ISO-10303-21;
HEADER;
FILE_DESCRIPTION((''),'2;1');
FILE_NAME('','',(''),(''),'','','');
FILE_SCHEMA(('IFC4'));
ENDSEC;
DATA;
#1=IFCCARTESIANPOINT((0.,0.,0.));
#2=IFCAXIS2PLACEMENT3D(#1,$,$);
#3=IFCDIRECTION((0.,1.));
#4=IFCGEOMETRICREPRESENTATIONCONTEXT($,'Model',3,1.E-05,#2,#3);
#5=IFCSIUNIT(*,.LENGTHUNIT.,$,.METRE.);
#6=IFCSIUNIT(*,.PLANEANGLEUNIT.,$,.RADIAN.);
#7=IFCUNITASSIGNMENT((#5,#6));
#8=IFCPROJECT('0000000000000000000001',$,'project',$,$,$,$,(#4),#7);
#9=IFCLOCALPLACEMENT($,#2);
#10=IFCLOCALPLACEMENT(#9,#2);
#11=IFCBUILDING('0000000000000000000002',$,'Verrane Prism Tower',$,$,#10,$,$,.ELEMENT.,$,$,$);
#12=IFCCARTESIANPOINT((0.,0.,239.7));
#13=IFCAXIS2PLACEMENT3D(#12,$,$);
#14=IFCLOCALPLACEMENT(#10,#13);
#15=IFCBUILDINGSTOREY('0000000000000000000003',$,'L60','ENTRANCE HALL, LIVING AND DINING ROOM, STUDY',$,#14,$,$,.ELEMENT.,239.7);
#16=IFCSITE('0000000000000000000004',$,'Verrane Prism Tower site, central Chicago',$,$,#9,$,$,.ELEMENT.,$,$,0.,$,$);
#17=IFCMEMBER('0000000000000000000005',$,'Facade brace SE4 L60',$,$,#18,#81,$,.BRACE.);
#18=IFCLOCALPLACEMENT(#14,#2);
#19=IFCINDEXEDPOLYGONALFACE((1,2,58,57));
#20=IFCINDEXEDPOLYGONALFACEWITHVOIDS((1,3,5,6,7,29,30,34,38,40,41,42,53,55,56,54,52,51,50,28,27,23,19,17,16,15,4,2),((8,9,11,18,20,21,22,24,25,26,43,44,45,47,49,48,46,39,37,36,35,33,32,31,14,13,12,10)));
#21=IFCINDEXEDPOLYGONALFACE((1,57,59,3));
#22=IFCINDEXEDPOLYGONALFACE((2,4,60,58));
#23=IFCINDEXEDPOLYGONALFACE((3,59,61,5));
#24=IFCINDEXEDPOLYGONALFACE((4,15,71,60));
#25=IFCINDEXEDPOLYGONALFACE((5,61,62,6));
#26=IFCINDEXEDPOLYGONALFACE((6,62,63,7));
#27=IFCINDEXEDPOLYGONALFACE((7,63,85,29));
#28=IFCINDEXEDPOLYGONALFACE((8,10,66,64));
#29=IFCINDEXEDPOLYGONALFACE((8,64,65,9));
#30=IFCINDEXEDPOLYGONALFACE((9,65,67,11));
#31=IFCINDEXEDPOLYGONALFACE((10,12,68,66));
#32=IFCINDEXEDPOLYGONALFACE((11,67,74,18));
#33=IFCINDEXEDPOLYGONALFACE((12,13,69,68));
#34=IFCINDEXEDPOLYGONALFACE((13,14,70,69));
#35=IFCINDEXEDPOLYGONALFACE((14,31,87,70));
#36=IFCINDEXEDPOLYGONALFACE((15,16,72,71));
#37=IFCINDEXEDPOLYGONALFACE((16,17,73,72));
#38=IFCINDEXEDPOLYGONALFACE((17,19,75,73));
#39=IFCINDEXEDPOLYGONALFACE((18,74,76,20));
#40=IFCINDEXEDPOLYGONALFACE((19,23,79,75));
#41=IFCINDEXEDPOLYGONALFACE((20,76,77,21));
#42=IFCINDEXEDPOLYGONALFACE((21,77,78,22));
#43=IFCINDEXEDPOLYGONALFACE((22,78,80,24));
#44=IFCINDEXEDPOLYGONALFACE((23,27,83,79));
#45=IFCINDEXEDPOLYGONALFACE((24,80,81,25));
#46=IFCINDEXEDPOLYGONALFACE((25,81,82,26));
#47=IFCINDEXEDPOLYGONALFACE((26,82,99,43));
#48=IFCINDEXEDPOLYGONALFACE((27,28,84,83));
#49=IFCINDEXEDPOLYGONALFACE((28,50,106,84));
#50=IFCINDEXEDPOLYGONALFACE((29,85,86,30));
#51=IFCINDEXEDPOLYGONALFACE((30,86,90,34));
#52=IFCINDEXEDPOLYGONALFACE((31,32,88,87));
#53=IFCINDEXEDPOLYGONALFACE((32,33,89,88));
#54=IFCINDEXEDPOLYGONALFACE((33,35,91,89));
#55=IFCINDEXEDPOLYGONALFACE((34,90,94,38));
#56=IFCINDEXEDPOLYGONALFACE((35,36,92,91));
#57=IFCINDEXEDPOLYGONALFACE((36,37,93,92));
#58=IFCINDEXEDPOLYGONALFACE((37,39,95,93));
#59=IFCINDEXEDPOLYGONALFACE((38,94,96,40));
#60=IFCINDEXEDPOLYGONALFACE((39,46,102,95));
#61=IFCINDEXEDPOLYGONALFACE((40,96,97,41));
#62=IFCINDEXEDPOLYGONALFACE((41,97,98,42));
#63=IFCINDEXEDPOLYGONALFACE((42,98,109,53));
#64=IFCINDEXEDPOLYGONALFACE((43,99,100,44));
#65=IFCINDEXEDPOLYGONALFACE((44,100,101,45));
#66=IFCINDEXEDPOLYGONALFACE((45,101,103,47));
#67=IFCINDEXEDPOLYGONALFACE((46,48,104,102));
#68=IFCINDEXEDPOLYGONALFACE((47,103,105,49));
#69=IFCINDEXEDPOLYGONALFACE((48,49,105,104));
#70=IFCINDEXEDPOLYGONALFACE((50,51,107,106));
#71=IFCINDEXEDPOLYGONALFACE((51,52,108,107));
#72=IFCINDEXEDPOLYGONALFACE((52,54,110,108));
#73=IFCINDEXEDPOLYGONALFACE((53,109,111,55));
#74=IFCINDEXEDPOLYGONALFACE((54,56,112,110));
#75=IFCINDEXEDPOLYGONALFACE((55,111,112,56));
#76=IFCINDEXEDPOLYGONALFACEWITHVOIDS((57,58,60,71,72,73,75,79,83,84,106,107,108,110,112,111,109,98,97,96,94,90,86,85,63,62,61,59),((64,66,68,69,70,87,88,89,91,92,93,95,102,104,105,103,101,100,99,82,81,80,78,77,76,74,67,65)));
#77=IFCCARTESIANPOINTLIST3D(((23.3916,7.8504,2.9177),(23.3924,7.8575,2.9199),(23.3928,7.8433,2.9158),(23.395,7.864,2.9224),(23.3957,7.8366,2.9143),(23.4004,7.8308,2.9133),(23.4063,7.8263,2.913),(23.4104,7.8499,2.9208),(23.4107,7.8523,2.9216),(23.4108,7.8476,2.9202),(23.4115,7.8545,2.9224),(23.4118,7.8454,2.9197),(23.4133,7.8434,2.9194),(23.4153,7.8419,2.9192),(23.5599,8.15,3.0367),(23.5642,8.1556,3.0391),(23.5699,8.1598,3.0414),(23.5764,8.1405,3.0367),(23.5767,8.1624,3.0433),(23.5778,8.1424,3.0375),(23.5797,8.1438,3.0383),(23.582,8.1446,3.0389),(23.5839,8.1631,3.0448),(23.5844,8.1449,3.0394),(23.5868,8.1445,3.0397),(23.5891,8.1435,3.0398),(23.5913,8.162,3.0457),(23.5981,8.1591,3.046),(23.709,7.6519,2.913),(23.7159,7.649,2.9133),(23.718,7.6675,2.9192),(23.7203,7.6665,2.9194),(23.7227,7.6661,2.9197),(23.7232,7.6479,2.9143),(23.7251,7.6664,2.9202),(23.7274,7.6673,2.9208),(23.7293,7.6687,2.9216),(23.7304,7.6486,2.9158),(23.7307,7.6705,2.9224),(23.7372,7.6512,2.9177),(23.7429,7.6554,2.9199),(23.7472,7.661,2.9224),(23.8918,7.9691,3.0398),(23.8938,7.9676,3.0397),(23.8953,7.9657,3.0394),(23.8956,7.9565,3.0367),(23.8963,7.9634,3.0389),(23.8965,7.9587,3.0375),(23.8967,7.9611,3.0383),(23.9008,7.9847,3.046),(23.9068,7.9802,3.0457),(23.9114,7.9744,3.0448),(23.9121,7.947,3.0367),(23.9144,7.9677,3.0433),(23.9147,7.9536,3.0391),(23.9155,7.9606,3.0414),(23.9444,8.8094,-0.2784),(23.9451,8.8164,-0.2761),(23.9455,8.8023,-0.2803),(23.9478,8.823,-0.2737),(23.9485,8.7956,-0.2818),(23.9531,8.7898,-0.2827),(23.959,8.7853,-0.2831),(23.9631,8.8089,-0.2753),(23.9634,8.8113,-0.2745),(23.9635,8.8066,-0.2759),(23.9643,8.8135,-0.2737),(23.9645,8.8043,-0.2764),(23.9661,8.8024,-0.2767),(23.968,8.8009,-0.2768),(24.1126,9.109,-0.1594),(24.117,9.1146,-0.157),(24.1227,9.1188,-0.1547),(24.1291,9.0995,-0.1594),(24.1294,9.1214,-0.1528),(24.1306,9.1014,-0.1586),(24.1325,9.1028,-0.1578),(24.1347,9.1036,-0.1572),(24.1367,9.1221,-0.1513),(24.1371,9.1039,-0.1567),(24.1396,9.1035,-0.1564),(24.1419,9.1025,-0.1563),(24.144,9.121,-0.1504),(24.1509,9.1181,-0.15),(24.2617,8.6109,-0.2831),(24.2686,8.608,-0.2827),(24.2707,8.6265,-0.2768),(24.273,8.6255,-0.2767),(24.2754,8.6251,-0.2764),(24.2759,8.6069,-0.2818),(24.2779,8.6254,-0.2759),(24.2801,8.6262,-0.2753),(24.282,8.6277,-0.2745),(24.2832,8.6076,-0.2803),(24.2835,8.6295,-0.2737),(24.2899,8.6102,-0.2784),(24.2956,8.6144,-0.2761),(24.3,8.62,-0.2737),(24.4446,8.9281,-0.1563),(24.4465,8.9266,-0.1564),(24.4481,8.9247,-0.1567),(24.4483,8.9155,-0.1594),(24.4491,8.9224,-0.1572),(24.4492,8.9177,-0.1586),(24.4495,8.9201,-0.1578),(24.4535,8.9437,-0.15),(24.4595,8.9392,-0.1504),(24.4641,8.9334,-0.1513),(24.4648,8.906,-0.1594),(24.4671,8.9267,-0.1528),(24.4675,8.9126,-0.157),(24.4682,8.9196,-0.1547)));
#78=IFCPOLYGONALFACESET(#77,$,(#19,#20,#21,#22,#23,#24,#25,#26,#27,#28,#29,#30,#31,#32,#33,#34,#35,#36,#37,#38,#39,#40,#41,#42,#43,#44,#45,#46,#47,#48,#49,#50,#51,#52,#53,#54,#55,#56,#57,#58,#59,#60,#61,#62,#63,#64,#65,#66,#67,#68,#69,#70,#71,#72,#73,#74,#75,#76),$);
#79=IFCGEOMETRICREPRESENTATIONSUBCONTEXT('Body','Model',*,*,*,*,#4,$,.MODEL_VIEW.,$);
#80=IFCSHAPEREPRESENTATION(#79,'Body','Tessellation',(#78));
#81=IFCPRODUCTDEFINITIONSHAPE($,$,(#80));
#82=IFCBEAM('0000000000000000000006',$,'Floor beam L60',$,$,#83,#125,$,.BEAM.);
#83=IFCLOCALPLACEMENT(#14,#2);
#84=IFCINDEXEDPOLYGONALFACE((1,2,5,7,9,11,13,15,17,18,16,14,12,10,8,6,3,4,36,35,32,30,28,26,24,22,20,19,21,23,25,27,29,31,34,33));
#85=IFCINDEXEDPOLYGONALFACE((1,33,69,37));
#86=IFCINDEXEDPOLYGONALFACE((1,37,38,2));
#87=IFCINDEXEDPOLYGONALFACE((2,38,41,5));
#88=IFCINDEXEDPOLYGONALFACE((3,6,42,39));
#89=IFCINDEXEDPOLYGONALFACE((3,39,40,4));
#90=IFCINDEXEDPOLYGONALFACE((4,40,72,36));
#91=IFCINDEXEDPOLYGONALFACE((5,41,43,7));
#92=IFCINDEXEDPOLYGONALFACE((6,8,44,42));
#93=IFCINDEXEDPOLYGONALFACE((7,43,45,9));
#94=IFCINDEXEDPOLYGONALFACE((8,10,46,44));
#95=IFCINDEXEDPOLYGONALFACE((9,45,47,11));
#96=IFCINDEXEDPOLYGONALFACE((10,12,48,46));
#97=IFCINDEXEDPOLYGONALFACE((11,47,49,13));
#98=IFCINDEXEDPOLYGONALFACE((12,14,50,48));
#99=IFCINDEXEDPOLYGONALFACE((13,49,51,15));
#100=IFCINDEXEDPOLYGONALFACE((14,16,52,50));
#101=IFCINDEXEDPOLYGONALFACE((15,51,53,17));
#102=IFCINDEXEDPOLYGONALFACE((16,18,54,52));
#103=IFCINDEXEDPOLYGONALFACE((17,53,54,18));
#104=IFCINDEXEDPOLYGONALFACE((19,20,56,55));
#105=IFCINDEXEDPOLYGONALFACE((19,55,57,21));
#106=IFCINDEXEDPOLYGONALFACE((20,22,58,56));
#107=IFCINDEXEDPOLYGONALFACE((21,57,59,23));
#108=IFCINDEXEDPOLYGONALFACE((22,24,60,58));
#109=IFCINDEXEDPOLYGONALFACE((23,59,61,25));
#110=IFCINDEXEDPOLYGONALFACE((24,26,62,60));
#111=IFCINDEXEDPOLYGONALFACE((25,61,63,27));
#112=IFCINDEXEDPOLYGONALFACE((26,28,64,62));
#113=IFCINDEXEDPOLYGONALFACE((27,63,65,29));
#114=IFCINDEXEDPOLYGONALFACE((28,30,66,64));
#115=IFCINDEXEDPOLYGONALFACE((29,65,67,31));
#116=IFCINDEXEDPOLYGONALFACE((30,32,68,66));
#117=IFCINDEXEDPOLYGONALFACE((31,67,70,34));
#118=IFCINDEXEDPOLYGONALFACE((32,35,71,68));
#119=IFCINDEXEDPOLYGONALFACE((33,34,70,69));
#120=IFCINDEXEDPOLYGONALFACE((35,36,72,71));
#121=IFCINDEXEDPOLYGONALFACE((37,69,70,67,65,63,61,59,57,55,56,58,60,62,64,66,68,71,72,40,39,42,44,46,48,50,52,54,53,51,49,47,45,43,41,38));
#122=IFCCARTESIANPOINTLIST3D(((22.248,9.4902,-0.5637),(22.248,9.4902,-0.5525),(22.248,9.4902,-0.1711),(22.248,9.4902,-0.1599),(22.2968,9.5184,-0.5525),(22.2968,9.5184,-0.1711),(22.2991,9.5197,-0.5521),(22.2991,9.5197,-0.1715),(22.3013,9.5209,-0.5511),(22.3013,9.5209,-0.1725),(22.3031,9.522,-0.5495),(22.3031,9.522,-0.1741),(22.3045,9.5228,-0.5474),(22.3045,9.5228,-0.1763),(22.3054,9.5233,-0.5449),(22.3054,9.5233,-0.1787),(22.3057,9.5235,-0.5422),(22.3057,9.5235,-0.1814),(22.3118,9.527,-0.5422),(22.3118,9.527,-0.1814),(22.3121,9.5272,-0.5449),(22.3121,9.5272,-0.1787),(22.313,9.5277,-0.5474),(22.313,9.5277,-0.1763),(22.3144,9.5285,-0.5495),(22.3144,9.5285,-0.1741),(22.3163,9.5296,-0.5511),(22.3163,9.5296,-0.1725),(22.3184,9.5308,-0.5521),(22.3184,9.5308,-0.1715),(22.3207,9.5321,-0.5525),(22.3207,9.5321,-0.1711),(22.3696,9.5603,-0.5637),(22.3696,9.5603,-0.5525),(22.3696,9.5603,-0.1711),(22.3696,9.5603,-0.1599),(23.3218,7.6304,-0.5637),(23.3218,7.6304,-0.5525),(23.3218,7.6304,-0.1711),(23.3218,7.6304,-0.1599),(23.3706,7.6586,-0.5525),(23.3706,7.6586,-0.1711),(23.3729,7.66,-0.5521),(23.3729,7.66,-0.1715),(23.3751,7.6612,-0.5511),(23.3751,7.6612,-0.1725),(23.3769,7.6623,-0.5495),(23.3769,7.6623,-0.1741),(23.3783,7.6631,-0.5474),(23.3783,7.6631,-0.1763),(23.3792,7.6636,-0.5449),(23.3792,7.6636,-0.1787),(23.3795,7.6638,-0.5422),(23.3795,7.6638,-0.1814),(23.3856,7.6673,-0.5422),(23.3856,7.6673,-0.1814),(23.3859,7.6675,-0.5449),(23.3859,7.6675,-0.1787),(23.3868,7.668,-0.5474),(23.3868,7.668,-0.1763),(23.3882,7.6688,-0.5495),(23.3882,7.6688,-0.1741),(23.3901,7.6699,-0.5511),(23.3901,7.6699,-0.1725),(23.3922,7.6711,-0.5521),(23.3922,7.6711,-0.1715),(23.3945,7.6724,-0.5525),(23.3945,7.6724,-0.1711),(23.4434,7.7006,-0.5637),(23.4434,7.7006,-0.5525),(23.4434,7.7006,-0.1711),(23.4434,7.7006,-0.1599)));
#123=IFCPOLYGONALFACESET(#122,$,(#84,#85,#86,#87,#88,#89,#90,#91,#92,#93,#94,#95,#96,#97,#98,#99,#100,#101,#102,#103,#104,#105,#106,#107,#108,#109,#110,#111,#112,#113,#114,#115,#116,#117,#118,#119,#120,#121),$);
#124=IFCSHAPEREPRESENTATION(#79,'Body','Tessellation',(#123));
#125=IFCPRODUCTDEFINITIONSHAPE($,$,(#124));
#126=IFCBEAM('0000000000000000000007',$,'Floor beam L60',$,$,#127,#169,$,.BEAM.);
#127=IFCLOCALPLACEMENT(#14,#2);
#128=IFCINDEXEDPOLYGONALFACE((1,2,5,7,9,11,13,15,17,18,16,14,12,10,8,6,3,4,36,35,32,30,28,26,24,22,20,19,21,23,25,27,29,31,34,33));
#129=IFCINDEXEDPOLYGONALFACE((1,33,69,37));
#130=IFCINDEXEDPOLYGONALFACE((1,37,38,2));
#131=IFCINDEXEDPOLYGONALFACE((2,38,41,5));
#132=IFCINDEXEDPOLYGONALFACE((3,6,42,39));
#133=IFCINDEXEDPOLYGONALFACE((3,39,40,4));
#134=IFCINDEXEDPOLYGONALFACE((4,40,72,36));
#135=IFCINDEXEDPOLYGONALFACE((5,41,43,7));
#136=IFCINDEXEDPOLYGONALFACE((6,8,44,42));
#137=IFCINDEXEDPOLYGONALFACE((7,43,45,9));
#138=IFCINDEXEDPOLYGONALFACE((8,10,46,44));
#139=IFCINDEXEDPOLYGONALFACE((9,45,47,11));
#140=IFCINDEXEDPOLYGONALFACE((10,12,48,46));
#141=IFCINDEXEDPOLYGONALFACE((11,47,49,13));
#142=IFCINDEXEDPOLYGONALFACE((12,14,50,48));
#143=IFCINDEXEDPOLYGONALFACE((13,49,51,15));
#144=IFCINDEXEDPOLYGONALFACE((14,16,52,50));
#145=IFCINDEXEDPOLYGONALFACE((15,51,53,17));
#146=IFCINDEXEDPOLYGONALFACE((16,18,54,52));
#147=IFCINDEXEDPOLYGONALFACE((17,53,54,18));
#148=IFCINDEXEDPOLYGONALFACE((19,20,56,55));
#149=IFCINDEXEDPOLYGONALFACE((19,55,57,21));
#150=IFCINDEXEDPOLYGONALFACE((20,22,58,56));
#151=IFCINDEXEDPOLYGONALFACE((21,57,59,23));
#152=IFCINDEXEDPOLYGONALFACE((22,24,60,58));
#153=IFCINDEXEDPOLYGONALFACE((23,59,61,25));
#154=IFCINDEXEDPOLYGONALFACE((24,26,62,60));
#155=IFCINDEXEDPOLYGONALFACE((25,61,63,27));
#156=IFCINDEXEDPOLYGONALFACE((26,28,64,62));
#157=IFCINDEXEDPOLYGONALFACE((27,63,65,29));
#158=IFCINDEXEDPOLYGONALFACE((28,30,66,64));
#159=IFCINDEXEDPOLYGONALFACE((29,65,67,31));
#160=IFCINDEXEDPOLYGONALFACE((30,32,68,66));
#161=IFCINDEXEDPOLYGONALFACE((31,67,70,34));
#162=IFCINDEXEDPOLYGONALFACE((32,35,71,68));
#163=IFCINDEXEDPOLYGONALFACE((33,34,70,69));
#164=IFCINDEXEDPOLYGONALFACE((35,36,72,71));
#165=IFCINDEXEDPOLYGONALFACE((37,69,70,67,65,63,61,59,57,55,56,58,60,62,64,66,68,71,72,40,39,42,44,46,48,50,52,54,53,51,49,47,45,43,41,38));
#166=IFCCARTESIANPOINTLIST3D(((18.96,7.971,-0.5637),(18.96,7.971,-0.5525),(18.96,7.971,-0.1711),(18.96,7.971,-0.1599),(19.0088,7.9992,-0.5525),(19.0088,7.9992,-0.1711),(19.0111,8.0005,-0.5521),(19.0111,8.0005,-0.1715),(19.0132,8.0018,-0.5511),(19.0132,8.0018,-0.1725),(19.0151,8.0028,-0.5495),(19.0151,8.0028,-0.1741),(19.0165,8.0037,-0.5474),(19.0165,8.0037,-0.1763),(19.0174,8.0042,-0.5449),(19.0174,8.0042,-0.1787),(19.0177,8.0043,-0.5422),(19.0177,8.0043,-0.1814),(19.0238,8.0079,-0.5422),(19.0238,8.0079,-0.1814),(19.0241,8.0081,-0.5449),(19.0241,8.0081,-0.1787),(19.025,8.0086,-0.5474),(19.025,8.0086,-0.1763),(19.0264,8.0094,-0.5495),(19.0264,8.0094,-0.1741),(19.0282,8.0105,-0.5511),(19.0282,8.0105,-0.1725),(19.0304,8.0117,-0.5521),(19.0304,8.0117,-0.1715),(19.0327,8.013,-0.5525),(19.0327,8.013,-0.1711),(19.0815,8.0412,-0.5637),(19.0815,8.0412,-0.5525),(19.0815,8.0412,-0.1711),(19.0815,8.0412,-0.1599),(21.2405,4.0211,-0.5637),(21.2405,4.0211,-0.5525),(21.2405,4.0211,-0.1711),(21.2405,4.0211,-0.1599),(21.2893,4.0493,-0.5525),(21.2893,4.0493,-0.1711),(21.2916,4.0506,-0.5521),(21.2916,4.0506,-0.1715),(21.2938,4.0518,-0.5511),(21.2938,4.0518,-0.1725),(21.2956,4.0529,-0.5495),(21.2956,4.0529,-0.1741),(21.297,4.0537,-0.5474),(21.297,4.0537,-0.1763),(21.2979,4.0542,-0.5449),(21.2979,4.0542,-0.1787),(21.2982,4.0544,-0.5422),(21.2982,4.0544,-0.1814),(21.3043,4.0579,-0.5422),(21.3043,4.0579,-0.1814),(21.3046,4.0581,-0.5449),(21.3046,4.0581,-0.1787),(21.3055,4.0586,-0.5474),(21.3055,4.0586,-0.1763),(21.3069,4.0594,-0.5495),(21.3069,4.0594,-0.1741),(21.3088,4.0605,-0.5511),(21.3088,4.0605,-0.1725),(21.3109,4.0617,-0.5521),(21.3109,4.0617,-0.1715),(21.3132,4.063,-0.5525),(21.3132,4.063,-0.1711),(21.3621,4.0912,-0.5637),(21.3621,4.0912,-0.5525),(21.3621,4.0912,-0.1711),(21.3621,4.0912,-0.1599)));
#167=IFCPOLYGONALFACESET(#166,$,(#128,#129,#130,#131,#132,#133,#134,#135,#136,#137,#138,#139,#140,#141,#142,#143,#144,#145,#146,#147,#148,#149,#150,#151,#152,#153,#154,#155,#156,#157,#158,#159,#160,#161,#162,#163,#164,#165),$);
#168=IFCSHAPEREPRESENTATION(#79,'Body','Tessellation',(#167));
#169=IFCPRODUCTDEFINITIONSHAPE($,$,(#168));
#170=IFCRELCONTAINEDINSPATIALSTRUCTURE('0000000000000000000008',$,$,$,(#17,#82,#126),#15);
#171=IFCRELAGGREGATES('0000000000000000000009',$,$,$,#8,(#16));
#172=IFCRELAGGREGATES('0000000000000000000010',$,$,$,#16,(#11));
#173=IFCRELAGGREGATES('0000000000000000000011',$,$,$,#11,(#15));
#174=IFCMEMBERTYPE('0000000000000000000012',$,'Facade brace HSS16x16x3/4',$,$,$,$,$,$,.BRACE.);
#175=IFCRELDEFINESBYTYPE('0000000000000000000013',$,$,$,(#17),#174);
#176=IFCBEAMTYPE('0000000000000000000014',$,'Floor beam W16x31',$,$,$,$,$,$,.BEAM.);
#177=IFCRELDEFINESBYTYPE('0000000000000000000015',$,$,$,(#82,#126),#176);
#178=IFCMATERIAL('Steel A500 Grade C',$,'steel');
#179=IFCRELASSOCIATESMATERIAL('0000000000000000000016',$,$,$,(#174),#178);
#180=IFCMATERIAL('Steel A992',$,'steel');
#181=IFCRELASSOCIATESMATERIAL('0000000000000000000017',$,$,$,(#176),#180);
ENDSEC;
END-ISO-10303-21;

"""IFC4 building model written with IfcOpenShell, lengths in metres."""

from ifc_helpers import new_model, si_unit, direction, frame, origin, origin_2d, place, context, subcontext, project, spatial, hollow_rectangle, i_section, extrude, material, material_profile, profile_set, type_object, element, save


model = new_model("IFC4")

# Units and contexts
model_context = context("Model", 3, precision=1e-05, world=origin(), true_north=direction((0.0, 1.0)))
body_context = subcontext(model_context, "Body", "Model", "MODEL_VIEW")
ifc_project = project(units=[si_unit("LENGTHUNIT", "METRE"), si_unit("PLANEANGLEUNIT", "RADIAN")], contexts=[model_context])

# Site, building, storey
site_placement = place(None, origin())
site = spatial("IfcSite", under=ifc_project, at=site_placement, Name="Verrane Prism Tower site, central Chicago", CompositionType="ELEMENT", RefElevation=0.0)
building_placement = place(site_placement, origin())
building = spatial("IfcBuilding", under=site, at=building_placement, Name="Verrane Prism Tower", CompositionType="ELEMENT")
storey_placement = place(building_placement, frame((0.0, 0.0, 239.7)))
storey = spatial("IfcBuildingStorey", under=building, at=storey_placement, Name="L60", Description="ENTRANCE HALL, LIVING AND DINING ROOM, STUDY", CompositionType="ELEMENT", Elevation=239.7)

# Member
ifc_material_1 = material(Name="Steel A500 Grade C", Category="steel")
ifc_material_profile_1 = material_profile(ifc_material_1, hollow_rectangle(XDim=0.4065, YDim=0.4065, WallThickness=0.019, InnerFilletRadius=0.0095, OuterFilletRadius=0.0286, at=origin_2d()), Name="HSS16x16x3/4")
ifc_profile_set_1 = profile_set([ifc_material_profile_1], Name="Steel A500 Grade C")
member_type_1 = type_object("IfcMemberType", Name="Facade brace HSS16x16x3/4", PredefinedType="BRACE", material=ifc_profile_set_1)
member_1_placement = place(storey_placement, frame((24.2063, 8.8645, -0.2166), z_axis=(-0.16342, -0.283531, 0.944936), x_axis=(0.866391, -0.499366, 0.0)))
element("IfcMember", 1, at=member_1_placement, inside=storey, type_object=member_type_1, Name="Facade brace SE4 L60", PredefinedType="BRACE", context=body_context, shape_type="SweptSolid", body=[
    extrude(hollow_rectangle(XDim=0.4065, YDim=0.4065, WallThickness=0.019, InnerFilletRadius=0.0095, OuterFilletRadius=0.0286, at=origin_2d()), origin(), (0.0, 0.0, 1.0), 3.3823),
])

# Beams
ifc_material_2 = material(Name="Steel A992", Category="steel")
ifc_material_profile_2 = material_profile(ifc_material_2, i_section(OverallWidth=0.1404, OverallDepth=0.4038, WebThickness=0.0071, FlangeThickness=0.0112, FilletRadius=0.0103, at=origin_2d()), Name="W16x31")
ifc_profile_set_2 = profile_set([ifc_material_profile_2], Name="Steel A992")
beam_type_1 = type_object("IfcBeamType", Name="Floor beam W16x31", PredefinedType="BEAM", material=ifc_profile_set_2)
beam_1_placement = place(storey_placement, frame((23.3826, 7.6655, -0.3618), z_axis=(-0.500028, 0.86601, 0.0), x_axis=(-0.86601, -0.500028, 0.0)))
element("IfcBeam", 2, at=beam_1_placement, inside=storey, type_object=beam_type_1, Name="Floor beam L60", PredefinedType="BEAM", context=body_context, shape_type="SweptSolid", body=[
    extrude(i_section(OverallWidth=0.1404, OverallDepth=0.4038, WebThickness=0.0071, FlangeThickness=0.0112, FilletRadius=0.0103, at=origin_2d()), origin(), (0.0, 0.0, 1.0), 2.1475),
])
beam_2_placement = place(storey_placement, frame((21.3013, 4.0562, -0.3618), z_axis=(-0.500002, 0.866024, 0.0), x_axis=(-0.866024, -0.500002, 0.0)))
element("IfcBeam", 3, at=beam_2_placement, inside=storey, type_object=beam_type_1, Name="Floor beam L60", PredefinedType="BEAM", context=body_context, shape_type="SweptSolid", body=[
    extrude(i_section(OverallWidth=0.1404, OverallDepth=0.4038, WebThickness=0.0071, FlangeThickness=0.0112, FilletRadius=0.0103, at=origin_2d()), origin(), (0.0, 0.0, 1.0), 4.561),
])

save(model, "model.ifc")
